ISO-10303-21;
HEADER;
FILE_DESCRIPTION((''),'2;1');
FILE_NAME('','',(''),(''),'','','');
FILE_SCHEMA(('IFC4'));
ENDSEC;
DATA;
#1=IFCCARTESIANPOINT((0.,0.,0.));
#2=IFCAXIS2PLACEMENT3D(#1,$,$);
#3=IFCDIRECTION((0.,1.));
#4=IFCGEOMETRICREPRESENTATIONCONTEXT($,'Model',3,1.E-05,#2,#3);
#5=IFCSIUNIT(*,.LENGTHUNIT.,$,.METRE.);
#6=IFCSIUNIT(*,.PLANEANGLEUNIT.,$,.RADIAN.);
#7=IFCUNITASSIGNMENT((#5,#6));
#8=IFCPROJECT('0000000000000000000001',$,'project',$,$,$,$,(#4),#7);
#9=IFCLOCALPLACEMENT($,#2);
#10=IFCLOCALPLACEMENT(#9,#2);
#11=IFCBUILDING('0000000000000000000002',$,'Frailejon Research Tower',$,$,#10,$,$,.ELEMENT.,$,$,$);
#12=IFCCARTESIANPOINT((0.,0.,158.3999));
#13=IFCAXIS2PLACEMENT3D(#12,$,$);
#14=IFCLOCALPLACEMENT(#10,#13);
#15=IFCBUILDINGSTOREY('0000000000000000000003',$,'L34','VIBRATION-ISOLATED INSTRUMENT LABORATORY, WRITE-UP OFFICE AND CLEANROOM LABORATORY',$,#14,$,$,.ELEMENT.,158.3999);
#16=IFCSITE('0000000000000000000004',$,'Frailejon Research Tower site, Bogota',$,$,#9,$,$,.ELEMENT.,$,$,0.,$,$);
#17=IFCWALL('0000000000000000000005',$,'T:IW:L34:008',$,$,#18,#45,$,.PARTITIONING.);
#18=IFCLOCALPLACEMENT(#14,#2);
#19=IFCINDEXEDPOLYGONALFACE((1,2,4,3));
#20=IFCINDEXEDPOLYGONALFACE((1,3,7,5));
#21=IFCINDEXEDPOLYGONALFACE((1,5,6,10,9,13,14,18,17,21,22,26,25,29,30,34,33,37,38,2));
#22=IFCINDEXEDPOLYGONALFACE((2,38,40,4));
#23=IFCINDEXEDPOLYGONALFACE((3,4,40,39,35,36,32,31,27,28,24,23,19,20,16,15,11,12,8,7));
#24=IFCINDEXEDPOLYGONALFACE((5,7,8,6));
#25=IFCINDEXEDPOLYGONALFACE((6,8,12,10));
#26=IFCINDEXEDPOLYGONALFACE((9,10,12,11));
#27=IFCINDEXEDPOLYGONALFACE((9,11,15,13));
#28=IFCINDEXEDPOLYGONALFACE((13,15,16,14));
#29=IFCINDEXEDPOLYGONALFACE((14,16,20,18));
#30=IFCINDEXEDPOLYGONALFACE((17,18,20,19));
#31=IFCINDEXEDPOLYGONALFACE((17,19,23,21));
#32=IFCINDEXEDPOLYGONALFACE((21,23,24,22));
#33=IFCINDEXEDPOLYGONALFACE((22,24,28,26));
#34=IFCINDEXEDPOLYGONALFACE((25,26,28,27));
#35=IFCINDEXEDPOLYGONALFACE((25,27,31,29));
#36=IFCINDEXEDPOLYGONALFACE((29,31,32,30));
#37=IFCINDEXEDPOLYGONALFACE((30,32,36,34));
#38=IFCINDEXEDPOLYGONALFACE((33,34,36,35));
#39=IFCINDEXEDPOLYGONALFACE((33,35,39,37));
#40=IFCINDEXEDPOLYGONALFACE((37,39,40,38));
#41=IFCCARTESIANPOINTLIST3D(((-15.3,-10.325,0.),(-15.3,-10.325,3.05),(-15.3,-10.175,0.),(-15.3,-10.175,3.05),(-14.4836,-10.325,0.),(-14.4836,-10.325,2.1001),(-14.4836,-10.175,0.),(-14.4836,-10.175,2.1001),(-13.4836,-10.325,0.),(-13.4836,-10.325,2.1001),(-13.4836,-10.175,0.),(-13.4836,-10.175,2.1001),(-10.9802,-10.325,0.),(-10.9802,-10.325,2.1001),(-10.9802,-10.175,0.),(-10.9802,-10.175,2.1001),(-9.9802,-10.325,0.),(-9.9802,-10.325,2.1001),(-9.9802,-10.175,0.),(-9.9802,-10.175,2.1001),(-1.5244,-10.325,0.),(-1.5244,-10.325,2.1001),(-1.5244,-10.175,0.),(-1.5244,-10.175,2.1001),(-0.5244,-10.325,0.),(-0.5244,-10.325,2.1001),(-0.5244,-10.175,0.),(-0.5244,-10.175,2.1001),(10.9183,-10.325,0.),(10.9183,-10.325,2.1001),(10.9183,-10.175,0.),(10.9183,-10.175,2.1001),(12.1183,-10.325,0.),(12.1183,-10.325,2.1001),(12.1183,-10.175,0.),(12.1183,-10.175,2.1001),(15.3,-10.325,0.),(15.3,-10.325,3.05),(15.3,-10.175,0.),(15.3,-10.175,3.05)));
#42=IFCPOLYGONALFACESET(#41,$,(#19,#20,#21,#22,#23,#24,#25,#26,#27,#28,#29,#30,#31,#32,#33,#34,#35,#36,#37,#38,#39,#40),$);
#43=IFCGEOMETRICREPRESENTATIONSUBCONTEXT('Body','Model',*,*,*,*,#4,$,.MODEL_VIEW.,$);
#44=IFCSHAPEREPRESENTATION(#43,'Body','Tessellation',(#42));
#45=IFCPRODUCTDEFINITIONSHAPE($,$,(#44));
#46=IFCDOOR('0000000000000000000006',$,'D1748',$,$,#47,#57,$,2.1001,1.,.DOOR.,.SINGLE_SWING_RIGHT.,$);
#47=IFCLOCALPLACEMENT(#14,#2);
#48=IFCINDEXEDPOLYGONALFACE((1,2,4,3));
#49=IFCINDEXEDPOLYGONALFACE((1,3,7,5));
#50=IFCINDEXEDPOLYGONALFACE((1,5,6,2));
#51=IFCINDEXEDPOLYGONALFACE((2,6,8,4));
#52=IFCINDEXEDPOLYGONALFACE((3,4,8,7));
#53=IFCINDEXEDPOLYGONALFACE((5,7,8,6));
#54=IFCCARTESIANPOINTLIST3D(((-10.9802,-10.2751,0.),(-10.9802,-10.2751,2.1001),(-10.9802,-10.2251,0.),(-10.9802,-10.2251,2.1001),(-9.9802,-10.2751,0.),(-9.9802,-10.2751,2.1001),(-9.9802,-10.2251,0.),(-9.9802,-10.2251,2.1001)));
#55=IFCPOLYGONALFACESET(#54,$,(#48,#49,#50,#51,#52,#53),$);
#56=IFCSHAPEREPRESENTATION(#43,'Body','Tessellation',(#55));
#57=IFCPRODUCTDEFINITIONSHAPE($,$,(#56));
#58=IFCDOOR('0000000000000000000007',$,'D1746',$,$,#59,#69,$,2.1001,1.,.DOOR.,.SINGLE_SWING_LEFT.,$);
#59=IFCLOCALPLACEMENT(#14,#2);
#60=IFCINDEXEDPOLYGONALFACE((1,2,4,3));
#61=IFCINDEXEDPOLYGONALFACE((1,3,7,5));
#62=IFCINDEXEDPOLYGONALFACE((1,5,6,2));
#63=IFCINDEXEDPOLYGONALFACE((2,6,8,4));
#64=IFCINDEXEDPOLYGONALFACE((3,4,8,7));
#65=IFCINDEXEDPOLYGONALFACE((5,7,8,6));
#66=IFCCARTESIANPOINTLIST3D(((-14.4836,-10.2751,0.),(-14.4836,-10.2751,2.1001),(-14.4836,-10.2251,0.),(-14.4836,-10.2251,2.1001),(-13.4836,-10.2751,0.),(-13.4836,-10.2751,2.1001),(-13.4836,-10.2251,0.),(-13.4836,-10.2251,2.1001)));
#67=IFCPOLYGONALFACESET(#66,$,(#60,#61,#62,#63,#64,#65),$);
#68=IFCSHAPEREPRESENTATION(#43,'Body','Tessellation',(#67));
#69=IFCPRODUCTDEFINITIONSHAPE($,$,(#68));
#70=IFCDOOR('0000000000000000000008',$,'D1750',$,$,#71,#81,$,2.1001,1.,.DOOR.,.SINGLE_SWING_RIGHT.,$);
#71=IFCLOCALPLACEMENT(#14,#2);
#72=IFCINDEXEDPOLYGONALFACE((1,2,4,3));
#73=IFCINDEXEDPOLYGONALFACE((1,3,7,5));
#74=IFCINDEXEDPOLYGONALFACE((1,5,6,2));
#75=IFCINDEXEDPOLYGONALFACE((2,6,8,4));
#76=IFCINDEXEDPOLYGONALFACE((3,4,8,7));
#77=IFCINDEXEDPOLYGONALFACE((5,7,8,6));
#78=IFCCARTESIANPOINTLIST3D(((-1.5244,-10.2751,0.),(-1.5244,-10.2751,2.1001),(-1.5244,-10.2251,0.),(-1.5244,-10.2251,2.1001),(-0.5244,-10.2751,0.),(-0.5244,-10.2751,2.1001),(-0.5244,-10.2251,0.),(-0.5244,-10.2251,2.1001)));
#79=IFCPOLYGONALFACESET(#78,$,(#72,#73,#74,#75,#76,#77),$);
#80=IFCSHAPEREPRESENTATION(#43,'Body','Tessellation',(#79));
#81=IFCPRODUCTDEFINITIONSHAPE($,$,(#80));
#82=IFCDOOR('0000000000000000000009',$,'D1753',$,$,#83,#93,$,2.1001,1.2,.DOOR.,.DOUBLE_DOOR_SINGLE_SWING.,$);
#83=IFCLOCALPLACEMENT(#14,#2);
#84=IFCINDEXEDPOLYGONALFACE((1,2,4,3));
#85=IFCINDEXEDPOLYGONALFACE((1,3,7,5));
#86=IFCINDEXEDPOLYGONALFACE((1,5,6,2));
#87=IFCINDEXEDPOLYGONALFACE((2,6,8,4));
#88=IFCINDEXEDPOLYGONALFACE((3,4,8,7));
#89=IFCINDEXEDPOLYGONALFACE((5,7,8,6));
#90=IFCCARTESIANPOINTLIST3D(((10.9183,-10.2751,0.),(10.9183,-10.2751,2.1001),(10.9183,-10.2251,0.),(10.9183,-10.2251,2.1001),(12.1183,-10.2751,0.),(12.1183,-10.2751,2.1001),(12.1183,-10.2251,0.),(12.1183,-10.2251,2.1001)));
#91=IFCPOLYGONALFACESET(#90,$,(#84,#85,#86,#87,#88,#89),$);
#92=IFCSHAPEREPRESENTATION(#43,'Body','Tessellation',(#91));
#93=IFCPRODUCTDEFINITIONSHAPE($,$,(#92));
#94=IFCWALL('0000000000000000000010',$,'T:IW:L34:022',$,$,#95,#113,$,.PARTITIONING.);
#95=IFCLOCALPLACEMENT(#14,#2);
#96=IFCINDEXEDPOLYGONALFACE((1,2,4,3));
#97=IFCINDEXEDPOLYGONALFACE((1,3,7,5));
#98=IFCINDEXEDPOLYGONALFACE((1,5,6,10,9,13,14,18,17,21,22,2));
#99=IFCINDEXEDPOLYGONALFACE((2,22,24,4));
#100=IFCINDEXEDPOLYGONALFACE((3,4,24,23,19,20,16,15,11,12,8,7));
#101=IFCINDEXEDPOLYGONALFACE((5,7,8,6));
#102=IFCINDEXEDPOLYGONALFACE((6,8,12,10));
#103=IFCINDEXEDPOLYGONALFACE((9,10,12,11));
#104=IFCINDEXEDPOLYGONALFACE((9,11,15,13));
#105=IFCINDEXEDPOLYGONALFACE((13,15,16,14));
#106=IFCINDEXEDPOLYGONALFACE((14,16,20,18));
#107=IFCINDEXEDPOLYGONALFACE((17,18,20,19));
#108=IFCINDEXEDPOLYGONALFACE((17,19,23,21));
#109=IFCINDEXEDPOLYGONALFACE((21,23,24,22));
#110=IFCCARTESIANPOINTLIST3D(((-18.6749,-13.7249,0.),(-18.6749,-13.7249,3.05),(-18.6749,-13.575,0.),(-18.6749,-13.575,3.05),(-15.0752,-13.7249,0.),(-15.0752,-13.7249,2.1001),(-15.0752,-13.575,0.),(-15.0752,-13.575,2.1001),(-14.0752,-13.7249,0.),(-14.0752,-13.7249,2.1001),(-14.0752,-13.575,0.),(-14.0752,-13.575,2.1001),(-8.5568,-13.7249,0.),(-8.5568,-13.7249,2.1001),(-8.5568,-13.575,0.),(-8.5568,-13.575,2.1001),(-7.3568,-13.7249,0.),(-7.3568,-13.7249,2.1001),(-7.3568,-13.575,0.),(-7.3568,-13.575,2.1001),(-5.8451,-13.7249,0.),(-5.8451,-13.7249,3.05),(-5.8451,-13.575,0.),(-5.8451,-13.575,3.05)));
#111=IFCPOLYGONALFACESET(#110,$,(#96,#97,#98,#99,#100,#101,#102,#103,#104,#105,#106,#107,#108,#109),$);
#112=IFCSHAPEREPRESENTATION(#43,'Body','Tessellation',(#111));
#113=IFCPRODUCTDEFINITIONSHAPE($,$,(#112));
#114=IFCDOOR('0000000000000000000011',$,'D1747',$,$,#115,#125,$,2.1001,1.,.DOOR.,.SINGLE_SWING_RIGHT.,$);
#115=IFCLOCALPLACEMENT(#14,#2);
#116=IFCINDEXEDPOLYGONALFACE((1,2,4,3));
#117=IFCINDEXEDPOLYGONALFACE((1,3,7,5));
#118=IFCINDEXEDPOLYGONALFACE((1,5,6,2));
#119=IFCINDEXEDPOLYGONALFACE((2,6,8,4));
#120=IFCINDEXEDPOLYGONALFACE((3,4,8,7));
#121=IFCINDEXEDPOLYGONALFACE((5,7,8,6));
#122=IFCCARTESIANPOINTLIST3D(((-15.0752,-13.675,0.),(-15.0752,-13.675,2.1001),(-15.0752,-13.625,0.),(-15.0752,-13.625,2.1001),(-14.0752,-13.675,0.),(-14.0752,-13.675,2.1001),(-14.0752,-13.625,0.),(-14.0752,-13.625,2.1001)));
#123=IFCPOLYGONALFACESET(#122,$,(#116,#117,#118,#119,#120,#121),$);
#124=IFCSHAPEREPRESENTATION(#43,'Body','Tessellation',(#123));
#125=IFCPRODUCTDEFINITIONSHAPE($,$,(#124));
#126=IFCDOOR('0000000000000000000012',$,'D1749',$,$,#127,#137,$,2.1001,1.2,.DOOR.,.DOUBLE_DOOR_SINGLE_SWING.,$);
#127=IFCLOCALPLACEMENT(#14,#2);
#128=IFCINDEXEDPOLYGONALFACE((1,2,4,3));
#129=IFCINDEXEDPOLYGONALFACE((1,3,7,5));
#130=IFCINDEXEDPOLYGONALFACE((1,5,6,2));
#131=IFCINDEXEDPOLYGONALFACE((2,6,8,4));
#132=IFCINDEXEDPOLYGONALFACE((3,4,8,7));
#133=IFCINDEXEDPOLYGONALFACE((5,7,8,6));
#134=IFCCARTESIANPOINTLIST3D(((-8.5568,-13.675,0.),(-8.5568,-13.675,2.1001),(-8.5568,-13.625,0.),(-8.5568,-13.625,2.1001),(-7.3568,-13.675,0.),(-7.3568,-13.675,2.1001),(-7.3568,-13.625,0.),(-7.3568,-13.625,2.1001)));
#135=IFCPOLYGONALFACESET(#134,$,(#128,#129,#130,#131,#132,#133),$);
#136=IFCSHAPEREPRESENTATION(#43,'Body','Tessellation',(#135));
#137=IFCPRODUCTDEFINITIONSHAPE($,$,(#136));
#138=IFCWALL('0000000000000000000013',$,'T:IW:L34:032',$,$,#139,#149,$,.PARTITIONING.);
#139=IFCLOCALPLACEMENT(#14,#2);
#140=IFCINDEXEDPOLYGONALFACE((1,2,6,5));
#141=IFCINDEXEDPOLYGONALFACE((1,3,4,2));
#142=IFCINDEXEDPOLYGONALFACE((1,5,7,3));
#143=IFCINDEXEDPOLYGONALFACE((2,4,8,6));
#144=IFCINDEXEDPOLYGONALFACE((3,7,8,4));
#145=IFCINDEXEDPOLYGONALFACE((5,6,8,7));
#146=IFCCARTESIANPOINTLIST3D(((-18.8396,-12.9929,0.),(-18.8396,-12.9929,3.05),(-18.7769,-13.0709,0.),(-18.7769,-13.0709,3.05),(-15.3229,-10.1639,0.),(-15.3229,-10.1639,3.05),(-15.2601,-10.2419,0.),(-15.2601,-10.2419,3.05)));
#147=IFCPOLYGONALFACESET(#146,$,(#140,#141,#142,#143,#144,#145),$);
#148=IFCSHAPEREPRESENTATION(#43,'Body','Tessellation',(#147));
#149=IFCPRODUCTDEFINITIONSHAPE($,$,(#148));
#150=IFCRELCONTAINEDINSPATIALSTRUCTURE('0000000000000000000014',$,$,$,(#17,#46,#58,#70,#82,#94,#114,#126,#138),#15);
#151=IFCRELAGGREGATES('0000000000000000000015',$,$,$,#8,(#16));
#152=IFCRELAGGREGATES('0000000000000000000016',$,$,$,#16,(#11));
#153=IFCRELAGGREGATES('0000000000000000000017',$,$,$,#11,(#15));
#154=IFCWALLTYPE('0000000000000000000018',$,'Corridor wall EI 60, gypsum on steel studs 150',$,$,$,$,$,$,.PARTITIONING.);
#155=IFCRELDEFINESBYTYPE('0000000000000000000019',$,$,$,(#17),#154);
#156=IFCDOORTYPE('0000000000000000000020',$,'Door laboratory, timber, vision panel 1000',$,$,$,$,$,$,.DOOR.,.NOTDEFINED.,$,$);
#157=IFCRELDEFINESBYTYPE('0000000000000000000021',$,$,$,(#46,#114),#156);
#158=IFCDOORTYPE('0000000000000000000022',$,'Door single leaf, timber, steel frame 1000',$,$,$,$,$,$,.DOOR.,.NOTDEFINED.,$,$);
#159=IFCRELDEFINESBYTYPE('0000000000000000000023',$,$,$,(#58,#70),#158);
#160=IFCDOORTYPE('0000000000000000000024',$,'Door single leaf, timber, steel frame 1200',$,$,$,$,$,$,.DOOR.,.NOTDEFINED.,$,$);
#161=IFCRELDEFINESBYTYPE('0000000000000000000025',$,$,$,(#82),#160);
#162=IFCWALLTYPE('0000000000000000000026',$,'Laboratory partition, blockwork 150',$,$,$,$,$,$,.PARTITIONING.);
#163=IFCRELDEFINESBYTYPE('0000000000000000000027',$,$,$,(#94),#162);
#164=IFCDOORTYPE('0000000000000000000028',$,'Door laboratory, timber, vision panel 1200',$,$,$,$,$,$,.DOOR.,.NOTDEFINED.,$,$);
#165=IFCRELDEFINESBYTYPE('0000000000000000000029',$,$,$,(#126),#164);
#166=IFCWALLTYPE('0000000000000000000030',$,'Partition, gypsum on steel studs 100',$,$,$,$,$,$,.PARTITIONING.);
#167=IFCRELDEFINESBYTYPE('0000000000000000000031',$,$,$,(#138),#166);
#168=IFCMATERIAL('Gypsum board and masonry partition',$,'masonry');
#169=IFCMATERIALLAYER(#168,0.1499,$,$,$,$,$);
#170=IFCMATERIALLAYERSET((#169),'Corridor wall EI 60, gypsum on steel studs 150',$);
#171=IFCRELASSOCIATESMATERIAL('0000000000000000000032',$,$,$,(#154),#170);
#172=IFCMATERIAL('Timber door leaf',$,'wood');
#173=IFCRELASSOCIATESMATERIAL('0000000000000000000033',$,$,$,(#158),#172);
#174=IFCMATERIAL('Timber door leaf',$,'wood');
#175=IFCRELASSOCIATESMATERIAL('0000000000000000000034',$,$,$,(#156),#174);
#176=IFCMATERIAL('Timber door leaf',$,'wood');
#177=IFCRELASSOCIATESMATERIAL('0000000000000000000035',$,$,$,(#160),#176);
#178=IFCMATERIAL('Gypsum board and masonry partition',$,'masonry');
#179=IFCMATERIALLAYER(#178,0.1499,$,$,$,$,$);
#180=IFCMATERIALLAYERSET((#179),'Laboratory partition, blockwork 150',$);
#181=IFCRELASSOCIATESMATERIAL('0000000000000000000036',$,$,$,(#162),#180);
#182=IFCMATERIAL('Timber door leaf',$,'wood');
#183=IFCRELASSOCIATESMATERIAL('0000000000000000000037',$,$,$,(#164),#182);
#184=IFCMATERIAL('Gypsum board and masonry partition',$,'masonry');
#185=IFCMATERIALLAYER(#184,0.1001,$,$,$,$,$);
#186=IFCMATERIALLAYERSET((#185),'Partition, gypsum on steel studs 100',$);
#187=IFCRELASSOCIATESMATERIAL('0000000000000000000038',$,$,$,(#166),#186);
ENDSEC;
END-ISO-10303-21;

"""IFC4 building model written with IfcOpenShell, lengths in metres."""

from ifc_helpers import new_model, si_unit, direction, frame, frame_2d, origin, place, context, subcontext, project, spatial, rectangle, extrude, material, layer, layer_set, type_object, element, fill, save


model = new_model("IFC4")

# Units and contexts
model_context = context("Model", 3, precision=1e-05, world=origin(), true_north=direction((0.0, 1.0)))
body_context = subcontext(model_context, "Body", "Model", "MODEL_VIEW")
ifc_project = project(units=[si_unit("LENGTHUNIT", "METRE"), si_unit("PLANEANGLEUNIT", "RADIAN")], contexts=[model_context])

# Site, building, storey
site_placement = place(None, origin())
site = spatial("IfcSite", under=ifc_project, at=site_placement, Name="Frailejon Research Tower site, Bogota", CompositionType="ELEMENT", RefElevation=0.0)
building_placement = place(site_placement, origin())
building = spatial("IfcBuilding", under=site, at=building_placement, Name="Frailejon Research Tower", CompositionType="ELEMENT")
storey_placement = place(building_placement, frame((0.0, 0.0, 158.3999)))
storey = spatial("IfcBuildingStorey", under=building, at=storey_placement, Name="L34", Description="VIBRATION-ISOLATED INSTRUMENT LABORATORY, WRITE-UP OFFICE AND CLEANROOM LABORATORY", CompositionType="ELEMENT", Elevation=158.3999)

# Shared definitions
ifc_material_1 = material(Name="Gypsum board and masonry partition", Category="masonry")
ifc_layer_1 = layer(ifc_material_1, 0.1499)
ifc_layer_set_1 = layer_set([ifc_layer_1], Name="Corridor wall EI 60, gypsum on steel studs 150")
wall_type_1 = type_object("IfcWallType", Name="Corridor wall EI 60, gypsum on steel studs 150", PredefinedType="PARTITIONING", material=ifc_layer_set_1)
ifc_material_2 = material(Name="Timber door leaf", Category="wood")
door_type_1 = type_object("IfcDoorType", Name="Door single leaf, timber, steel frame 1000", OperationType="NOTDEFINED", PredefinedType="DOOR", material=ifc_material_2)

# Walls, openings, doors
wall_1_placement = place(storey_placement, frame((-15.3, -10.25, 0.0), z_axis=(0.0, 0.0, 1.0), x_axis=(1.0, 0.0, 0.0)))
wall_1 = element("IfcWall", 1, at=wall_1_placement, inside=storey, type_object=wall_type_1, Name="T:IW:L34:008", PredefinedType="PARTITIONING", context=body_context, shape_type="SweptSolid", body=[
    extrude(rectangle(XDim=30.6001, YDim=0.1499, at=frame_2d((15.3, 0.0))), origin(), (0.0, 0.0, 1.0), 3.05),
])
opening_1_placement = place(wall_1_placement, frame((0.8164, 0.0, 0.0)))
opening_1 = element("IfcOpeningElement", 2, at=opening_1_placement, cuts=wall_1, PredefinedType="OPENING", context=body_context, shape_type="SweptSolid", body=[
    extrude(rectangle(XDim=1.0, YDim=2.1001, at=frame_2d((0.5, 1.05))), frame((0.0, 0.085, 0.0), z_axis=(0.0, -1.0, 0.0), x_axis=(1.0, 0.0, 0.0)), (0.0, 0.0, 1.0), 0.1699),
])
opening_2_placement = place(wall_1_placement, frame((4.3198, 0.0, 0.0)))
opening_2 = element("IfcOpeningElement", 3, at=opening_2_placement, cuts=wall_1, PredefinedType="OPENING", context=body_context, shape_type="SweptSolid", body=[
    extrude(rectangle(XDim=1.0, YDim=2.1001, at=frame_2d((0.5, 1.05))), frame((0.0, 0.085, 0.0), z_axis=(0.0, -1.0, 0.0), x_axis=(1.0, 0.0, 0.0)), (0.0, 0.0, 1.0), 0.1699),
])
opening_3_placement = place(wall_1_placement, frame((13.7756, 0.0, 0.0)))
opening_3 = element("IfcOpeningElement", 4, at=opening_3_placement, cuts=wall_1, PredefinedType="OPENING", context=body_context, shape_type="SweptSolid", body=[
    extrude(rectangle(XDim=1.0, YDim=2.1001, at=frame_2d((0.5, 1.05))), frame((0.0, 0.085, 0.0), z_axis=(0.0, -1.0, 0.0), x_axis=(1.0, 0.0, 0.0)), (0.0, 0.0, 1.0), 0.1699),
])
opening_4_placement = place(wall_1_placement, frame((26.2183, 0.0, 0.0)))
opening_4 = element("IfcOpeningElement", 5, at=opening_4_placement, cuts=wall_1, PredefinedType="OPENING", context=body_context, shape_type="SweptSolid", body=[
    extrude(rectangle(XDim=1.2, YDim=2.1001, at=frame_2d((0.6001, 1.05))), frame((0.0, 0.085, 0.0), z_axis=(0.0, -1.0, 0.0), x_axis=(1.0, 0.0, 0.0)), (0.0, 0.0, 1.0), 0.1699),
])
ifc_material_3 = material(Name="Timber door leaf", Category="wood")
door_type_2 = type_object("IfcDoorType", Name="Door laboratory, timber, vision panel 1000", OperationType="NOTDEFINED", PredefinedType="DOOR", material=ifc_material_3)
door_1_placement = place(opening_2_placement, origin())
door_1 = element("IfcDoor", 6, at=door_1_placement, inside=storey, type_object=door_type_2, Name="D1748", OperationType="SINGLE_SWING_RIGHT", OverallHeight=2.1001, OverallWidth=1.0, PredefinedType="DOOR", context=body_context, shape_type="SweptSolid", body=[
    extrude(rectangle(XDim=1.0, YDim=2.1001, at=frame_2d((0.5, 1.05))), frame((0.0, 0.0249, 0.0), z_axis=(0.0, -1.0, 0.0), x_axis=(1.0, 0.0, 0.0)), (0.0, 0.0, 1.0), 0.05),
])
fill(opening_2, door_1)
door_2_placement = place(opening_1_placement, origin())
door_2 = element("IfcDoor", 7, at=door_2_placement, inside=storey, type_object=door_type_1, Name="D1746", OperationType="SINGLE_SWING_LEFT", OverallHeight=2.1001, OverallWidth=1.0, PredefinedType="DOOR", context=body_context, shape_type="SweptSolid", body=[
    extrude(rectangle(XDim=1.0, YDim=2.1001, at=frame_2d((0.5, 1.05))), frame((0.0, 0.0249, 0.0), z_axis=(0.0, -1.0, 0.0), x_axis=(1.0, 0.0, 0.0)), (0.0, 0.0, 1.0), 0.05),
])
fill(opening_1, door_2)
door_3_placement = place(opening_3_placement, origin())
door_3 = element("IfcDoor", 8, at=door_3_placement, inside=storey, type_object=door_type_1, Name="D1750", OperationType="SINGLE_SWING_RIGHT", OverallHeight=2.1001, OverallWidth=1.0, PredefinedType="DOOR", context=body_context, shape_type="SweptSolid", body=[
    extrude(rectangle(XDim=1.0, YDim=2.1001, at=frame_2d((0.5, 1.05))), frame((0.0, 0.0249, 0.0), z_axis=(0.0, -1.0, 0.0), x_axis=(1.0, 0.0, 0.0)), (0.0, 0.0, 1.0), 0.05),
])
fill(opening_3, door_3)
ifc_material_4 = material(Name="Timber door leaf", Category="wood")
door_type_3 = type_object("IfcDoorType", Name="Door single leaf, timber, steel frame 1200", OperationType="NOTDEFINED", PredefinedType="DOOR", material=ifc_material_4)
door_4_placement = place(opening_4_placement, origin())
door_4 = element("IfcDoor", 9, at=door_4_placement, inside=storey, type_object=door_type_3, Name="D1753", OperationType="DOUBLE_DOOR_SINGLE_SWING", OverallHeight=2.1001, OverallWidth=1.2, PredefinedType="DOOR", context=body_context, shape_type="SweptSolid", body=[
    extrude(rectangle(XDim=1.2, YDim=2.1001, at=frame_2d((0.6001, 1.05))), frame((0.0, 0.0249, 0.0), z_axis=(0.0, -1.0, 0.0), x_axis=(1.0, 0.0, 0.0)), (0.0, 0.0, 1.0), 0.05),
])
fill(opening_4, door_4)
ifc_material_5 = material(Name="Gypsum board and masonry partition", Category="masonry")
ifc_layer_2 = layer(ifc_material_5, 0.1499)
ifc_layer_set_2 = layer_set([ifc_layer_2], Name="Laboratory partition, blockwork 150")
wall_type_2 = type_object("IfcWallType", Name="Laboratory partition, blockwork 150", PredefinedType="PARTITIONING", material=ifc_layer_set_2)
wall_2_placement = place(storey_placement, frame((-18.675, -13.6499, 0.0), z_axis=(0.0, 0.0, 1.0), x_axis=(1.0, 0.0, 0.0)))
wall_2 = element("IfcWall", 10, at=wall_2_placement, inside=storey, type_object=wall_type_2, Name="T:IW:L34:022", PredefinedType="PARTITIONING", context=body_context, shape_type="SweptSolid", body=[
    extrude(rectangle(XDim=12.8298, YDim=0.1499, at=frame_2d((6.415, 0.0))), origin(), (0.0, 0.0, 1.0), 3.05),
])
opening_5_placement = place(wall_2_placement, frame((3.5999, 0.0, 0.0)))
opening_5 = element("IfcOpeningElement", 11, at=opening_5_placement, cuts=wall_2, PredefinedType="OPENING", context=body_context, shape_type="SweptSolid", body=[
    extrude(rectangle(XDim=1.0, YDim=2.1001, at=frame_2d((0.5, 1.05))), frame((0.0, 0.085, 0.0), z_axis=(0.0, -1.0, 0.0), x_axis=(1.0, 0.0, 0.0)), (0.0, 0.0, 1.0), 0.1699),
])
opening_6_placement = place(wall_2_placement, frame((10.1182, 0.0, 0.0)))
opening_6 = element("IfcOpeningElement", 12, at=opening_6_placement, cuts=wall_2, PredefinedType="OPENING", context=body_context, shape_type="SweptSolid", body=[
    extrude(rectangle(XDim=1.2, YDim=2.1001, at=frame_2d((0.6001, 1.05))), frame((0.0, 0.085, 0.0), z_axis=(0.0, -1.0, 0.0), x_axis=(1.0, 0.0, 0.0)), (0.0, 0.0, 1.0), 0.1699),
])
door_5_placement = place(opening_5_placement, origin())
door_5 = element("IfcDoor", 13, at=door_5_placement, inside=storey, type_object=door_type_2, Name="D1747", OperationType="SINGLE_SWING_RIGHT", OverallHeight=2.1001, OverallWidth=1.0, PredefinedType="DOOR", context=body_context, shape_type="SweptSolid", body=[
    extrude(rectangle(XDim=1.0, YDim=2.1001, at=frame_2d((0.5, 1.05))), frame((0.0, 0.0249, 0.0), z_axis=(0.0, -1.0, 0.0), x_axis=(1.0, 0.0, 0.0)), (0.0, 0.0, 1.0), 0.05),
])
fill(opening_5, door_5)
ifc_material_6 = material(Name="Timber door leaf", Category="wood")
door_type_4 = type_object("IfcDoorType", Name="Door laboratory, timber, vision panel 1200", OperationType="NOTDEFINED", PredefinedType="DOOR", material=ifc_material_6)
door_6_placement = place(opening_6_placement, origin())
door_6 = element("IfcDoor", 14, at=door_6_placement, inside=storey, type_object=door_type_4, Name="D1749", OperationType="DOUBLE_DOOR_SINGLE_SWING", OverallHeight=2.1001, OverallWidth=1.2, PredefinedType="DOOR", context=body_context, shape_type="SweptSolid", body=[
    extrude(rectangle(XDim=1.2, YDim=2.1001, at=frame_2d((0.6001, 1.05))), frame((0.0, 0.0249, 0.0), z_axis=(0.0, -1.0, 0.0), x_axis=(1.0, 0.0, 0.0)), (0.0, 0.0, 1.0), 0.05),
])
fill(opening_6, door_6)

# Wall
ifc_material_7 = material(Name="Gypsum board and masonry partition", Category="masonry")
ifc_layer_3 = layer(ifc_material_7, 0.1001)
ifc_layer_set_3 = layer_set([ifc_layer_3], Name="Partition, gypsum on steel studs 100")
wall_type_3 = type_object("IfcWallType", Name="Partition, gypsum on steel studs 100", PredefinedType="PARTITIONING", material=ifc_layer_set_3)
wall_3_placement = place(storey_placement, frame((-18.8083, -13.032, 0.0), z_axis=(0.0, 0.0, 1.0), x_axis=(0.779177, 0.626804, 0.0)))
element("IfcWall", 15, at=wall_3_placement, inside=storey, type_object=wall_type_3, Name="T:IW:L34:032", PredefinedType="PARTITIONING", context=body_context, shape_type="SweptSolid", body=[
    extrude(rectangle(XDim=4.5134, YDim=0.1001, at=frame_2d((2.2568, 0.0))), origin(), (0.0, 0.0, 1.0), 3.05),
])

save(model, "model.ifc")
